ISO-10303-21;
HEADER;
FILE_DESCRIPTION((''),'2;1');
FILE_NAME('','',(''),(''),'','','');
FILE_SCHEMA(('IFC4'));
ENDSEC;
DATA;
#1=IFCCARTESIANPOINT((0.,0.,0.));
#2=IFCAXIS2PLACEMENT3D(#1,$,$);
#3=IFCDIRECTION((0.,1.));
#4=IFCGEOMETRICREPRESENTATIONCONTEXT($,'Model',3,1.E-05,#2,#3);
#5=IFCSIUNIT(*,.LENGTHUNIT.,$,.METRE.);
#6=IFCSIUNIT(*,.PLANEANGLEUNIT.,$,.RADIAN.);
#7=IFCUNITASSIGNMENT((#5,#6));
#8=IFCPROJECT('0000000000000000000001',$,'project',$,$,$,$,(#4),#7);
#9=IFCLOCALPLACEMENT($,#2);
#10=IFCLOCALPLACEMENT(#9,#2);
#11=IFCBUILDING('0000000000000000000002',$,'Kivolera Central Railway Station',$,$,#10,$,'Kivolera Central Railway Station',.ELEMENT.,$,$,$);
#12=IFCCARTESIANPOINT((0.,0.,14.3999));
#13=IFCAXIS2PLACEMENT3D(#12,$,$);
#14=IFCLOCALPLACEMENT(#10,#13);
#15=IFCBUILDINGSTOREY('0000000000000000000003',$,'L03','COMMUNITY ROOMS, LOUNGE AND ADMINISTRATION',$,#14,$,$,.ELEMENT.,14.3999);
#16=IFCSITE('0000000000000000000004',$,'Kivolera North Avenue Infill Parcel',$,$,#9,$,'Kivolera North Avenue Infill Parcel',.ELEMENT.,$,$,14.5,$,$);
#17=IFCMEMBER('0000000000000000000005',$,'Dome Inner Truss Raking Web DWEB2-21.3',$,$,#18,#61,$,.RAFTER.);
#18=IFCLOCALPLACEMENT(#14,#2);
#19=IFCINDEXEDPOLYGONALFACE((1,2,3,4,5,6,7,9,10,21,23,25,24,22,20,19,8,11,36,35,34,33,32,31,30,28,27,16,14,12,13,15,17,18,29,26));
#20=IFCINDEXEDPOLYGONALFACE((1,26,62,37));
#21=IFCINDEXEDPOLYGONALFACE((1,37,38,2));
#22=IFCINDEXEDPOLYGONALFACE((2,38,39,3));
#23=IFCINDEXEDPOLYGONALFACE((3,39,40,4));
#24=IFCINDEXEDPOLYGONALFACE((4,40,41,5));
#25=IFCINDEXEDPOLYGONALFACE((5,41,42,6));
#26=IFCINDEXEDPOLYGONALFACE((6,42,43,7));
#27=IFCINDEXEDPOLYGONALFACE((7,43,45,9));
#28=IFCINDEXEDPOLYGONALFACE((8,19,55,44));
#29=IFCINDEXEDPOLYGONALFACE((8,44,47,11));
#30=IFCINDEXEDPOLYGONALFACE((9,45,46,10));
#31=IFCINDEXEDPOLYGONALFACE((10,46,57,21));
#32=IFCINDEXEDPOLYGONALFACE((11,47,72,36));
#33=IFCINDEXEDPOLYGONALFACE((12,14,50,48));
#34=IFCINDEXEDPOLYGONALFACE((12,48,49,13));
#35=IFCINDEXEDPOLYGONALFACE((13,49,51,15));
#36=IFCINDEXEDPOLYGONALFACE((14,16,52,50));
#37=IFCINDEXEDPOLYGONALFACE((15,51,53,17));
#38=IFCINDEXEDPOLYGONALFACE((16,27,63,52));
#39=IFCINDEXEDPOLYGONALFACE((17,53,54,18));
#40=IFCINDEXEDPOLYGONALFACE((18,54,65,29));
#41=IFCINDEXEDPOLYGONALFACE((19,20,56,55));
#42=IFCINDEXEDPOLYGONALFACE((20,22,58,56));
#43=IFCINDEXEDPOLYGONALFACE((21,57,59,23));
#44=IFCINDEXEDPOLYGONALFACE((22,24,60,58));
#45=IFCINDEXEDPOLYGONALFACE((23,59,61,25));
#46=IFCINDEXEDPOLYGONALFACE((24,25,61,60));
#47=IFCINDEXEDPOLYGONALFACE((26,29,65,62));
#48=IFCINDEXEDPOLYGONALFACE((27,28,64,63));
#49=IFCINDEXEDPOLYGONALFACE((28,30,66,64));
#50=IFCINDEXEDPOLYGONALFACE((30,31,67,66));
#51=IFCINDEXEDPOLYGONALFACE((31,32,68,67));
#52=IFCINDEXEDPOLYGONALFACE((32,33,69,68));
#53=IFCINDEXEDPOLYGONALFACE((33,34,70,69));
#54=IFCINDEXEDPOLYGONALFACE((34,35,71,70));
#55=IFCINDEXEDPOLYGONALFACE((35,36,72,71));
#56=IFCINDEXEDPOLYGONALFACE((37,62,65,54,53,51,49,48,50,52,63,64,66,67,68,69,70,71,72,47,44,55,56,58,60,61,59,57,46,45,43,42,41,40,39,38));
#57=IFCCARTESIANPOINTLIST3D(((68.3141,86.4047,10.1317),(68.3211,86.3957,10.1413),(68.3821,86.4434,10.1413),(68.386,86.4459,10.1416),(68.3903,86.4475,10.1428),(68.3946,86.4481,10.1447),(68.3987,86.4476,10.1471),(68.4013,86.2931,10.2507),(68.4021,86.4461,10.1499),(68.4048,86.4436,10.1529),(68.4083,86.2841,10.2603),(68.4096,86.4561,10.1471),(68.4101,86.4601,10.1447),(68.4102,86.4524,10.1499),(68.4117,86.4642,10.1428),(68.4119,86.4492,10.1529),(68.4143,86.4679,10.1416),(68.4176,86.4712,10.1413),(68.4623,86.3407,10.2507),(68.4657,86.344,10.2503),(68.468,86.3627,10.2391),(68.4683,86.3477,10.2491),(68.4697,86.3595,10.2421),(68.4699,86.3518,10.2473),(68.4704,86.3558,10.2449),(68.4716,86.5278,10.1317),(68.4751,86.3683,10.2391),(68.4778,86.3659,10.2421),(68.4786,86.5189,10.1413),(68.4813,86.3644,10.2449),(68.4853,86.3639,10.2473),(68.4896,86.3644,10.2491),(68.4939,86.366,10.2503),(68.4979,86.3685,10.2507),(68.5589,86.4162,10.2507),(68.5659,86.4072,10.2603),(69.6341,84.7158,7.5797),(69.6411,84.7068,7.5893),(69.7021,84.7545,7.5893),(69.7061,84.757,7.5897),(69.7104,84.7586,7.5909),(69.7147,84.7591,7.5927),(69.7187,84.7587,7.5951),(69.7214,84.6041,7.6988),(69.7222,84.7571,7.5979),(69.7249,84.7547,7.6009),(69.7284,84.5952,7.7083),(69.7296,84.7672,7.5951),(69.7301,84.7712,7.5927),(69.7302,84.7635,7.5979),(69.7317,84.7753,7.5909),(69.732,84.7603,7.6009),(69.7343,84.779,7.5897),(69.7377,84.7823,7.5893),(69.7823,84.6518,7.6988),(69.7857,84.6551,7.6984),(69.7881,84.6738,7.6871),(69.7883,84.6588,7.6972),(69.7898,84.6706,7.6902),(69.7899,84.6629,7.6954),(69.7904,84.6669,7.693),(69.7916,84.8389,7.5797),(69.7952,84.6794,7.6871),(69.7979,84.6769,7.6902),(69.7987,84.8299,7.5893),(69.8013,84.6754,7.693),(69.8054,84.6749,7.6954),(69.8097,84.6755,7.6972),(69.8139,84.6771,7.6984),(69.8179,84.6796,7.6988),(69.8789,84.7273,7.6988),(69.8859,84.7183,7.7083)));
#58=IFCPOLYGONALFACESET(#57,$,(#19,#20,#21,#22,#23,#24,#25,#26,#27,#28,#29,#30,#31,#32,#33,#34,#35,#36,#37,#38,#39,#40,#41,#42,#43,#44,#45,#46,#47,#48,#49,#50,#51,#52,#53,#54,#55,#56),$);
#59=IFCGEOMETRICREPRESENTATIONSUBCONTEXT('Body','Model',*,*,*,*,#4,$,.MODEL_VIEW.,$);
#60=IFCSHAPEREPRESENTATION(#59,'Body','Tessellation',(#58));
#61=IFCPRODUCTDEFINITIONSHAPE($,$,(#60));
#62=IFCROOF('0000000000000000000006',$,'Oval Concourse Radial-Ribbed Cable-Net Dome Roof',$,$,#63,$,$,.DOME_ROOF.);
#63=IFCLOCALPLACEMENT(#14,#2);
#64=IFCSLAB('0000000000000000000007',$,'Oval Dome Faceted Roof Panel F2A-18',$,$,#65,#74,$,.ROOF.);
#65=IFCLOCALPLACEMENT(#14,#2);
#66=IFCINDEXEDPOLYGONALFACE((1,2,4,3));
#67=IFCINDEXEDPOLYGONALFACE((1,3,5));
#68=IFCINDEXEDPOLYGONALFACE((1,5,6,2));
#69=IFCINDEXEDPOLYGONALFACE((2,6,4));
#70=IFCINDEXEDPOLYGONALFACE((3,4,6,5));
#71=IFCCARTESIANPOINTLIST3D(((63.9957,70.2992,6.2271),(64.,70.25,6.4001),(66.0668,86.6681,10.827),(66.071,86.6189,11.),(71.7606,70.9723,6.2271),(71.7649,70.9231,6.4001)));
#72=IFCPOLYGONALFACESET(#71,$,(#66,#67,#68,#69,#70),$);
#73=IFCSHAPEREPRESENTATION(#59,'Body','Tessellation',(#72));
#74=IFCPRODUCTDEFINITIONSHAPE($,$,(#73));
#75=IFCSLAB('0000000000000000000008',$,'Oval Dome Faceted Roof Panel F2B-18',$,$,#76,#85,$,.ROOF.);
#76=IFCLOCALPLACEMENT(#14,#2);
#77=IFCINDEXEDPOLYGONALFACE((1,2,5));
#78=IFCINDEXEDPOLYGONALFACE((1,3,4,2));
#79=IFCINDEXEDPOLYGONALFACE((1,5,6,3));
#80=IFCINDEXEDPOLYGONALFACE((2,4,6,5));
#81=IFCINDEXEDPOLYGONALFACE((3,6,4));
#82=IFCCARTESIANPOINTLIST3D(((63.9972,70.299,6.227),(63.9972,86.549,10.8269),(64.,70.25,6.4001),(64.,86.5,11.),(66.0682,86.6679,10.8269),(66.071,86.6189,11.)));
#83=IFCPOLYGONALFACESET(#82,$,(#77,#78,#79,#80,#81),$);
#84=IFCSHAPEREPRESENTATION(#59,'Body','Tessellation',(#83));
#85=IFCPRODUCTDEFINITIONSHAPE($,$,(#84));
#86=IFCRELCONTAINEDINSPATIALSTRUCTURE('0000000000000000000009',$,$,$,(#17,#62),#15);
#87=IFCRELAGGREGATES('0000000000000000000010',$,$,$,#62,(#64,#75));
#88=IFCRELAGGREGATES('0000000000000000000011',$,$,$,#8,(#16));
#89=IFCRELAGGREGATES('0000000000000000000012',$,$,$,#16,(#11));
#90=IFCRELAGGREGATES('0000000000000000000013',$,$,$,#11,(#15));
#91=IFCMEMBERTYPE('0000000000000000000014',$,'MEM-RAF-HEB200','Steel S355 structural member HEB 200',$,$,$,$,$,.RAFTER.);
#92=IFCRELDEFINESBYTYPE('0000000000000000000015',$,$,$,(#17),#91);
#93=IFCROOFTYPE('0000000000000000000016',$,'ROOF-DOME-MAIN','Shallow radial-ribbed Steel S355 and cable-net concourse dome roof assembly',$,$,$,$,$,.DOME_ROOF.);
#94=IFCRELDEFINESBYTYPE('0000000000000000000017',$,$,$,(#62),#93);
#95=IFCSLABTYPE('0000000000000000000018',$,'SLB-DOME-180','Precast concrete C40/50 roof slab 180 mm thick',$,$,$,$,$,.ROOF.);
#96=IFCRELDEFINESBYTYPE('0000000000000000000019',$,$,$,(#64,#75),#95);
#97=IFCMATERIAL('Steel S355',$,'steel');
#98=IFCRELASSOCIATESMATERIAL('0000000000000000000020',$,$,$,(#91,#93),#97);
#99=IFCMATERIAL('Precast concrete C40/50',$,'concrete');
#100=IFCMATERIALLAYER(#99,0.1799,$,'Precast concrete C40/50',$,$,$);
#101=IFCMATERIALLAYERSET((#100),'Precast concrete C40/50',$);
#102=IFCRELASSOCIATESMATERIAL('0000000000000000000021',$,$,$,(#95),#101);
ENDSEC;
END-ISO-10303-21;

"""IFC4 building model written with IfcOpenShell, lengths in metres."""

from ifc_helpers import new_model, si_unit, direction, frame, origin, origin_2d, place, context, subcontext, project, spatial, polyline, i_section, outline, extrude, material, layer, layer_set, material_profile, profile_set, type_object, element, aggregate, save


model = new_model("IFC4")

# Units and contexts
model_context = context("Model", 3, precision=1e-05, world=origin(), true_north=direction((0.0, 1.0)))
body_context = subcontext(model_context, "Body", "Model", "MODEL_VIEW")
ifc_project = project(units=[si_unit("LENGTHUNIT", "METRE"), si_unit("PLANEANGLEUNIT", "RADIAN")], contexts=[model_context])

# Site, building, storey
site_placement = place(None, origin())
site = spatial("IfcSite", under=ifc_project, at=site_placement, Name="Kivolera North Avenue Infill Parcel", LongName="Kivolera North Avenue Infill Parcel", CompositionType="ELEMENT", RefElevation=14.5)
building_placement = place(site_placement, origin())
building = spatial("IfcBuilding", under=site, at=building_placement, Name="Kivolera Central Railway Station", LongName="Kivolera Central Railway Station", CompositionType="ELEMENT")
storey_placement = place(building_placement, frame((0.0, 0.0, 14.3999)))
storey = spatial("IfcBuildingStorey", under=building, at=storey_placement, Name="L03", Description="COMMUNITY ROOMS, LOUNGE AND ADMINISTRATION", CompositionType="ELEMENT", Elevation=14.3999)

# Shared definitions
ifc_material_1 = material(Name="Steel S355", Category="steel")

# Member
ifc_material_profile_1 = material_profile(ifc_material_1, i_section(OverallWidth=0.2, OverallDepth=0.2, WebThickness=0.009, FlangeThickness=0.0149, FilletRadius=0.0181, at=origin_2d()), Name="HEB 200")
ifc_profile_set_1 = profile_set([ifc_material_profile_1], Name="Steel S355")
member_type_1 = type_object("IfcMemberType", Name="MEM-RAF-HEB200", Description="Steel S355 structural member HEB 200", PredefinedType="RAFTER", material=ifc_profile_set_1)
member_1_placement = place(storey_placement, frame((69.76, 84.717, 7.644), z_axis=(-0.396078, 0.506763, 0.765711), x_axis=(-0.787897, -0.615808, 0.0)))
element("IfcMember", 1, at=member_1_placement, inside=storey, type_object=member_type_1, Name="Dome Inner Truss Raking Web DWEB2-21.3", PredefinedType="RAFTER", context=body_context, shape_type="SweptSolid", body=[
    extrude(i_section(OverallWidth=0.2, OverallDepth=0.2, WebThickness=0.009, FlangeThickness=0.0149, FilletRadius=0.0181, at=origin_2d()), origin(), (0.0, 0.0, 1.0), 3.3328),
])

# Roof, slabs
roof_type = type_object("IfcRoofType", Name="ROOF-DOME-MAIN", Description="Shallow radial-ribbed Steel S355 and cable-net concourse dome roof assembly", PredefinedType="DOME_ROOF", material=ifc_material_1)
roof_placement = place(storey_placement, origin())
roof = element("IfcRoof", 2, at=roof_placement, inside=storey, type_object=roof_type, Name="Oval Concourse Radial-Ribbed Cable-Net Dome Roof", PredefinedType="DOME_ROOF")
ifc_material_2 = material(Name="Precast concrete C40/50", Category="concrete")
ifc_layer = layer(ifc_material_2, 0.1799, Name="Precast concrete C40/50")
ifc_layer_set = layer_set([ifc_layer], Name="Precast concrete C40/50")
slab_type = type_object("IfcSlabType", Name="SLB-DOME-180", Description="Precast concrete C40/50 roof slab 180 mm thick", PredefinedType="ROOF", material=ifc_layer_set)
slab_1_placement = place(storey_placement, frame((64.0, 70.25, 6.4001), z_axis=(0.023685, -0.273233, 0.961656), x_axis=(0.996264, 0.086361, 0.0)))
slab_1 = element("IfcSlab", 3, at=slab_1_placement, type_object=slab_type, Name="Oval Dome Faceted Roof Panel F2A-18", PredefinedType="ROOF", context=body_context, shape_type="SweptSolid", body=[
    extrude(outline(polyline([(0.0, 0.0), (7.794, 0.0), (3.4769, 16.772), (0.0, 0.0)])), origin(), (0.0, 0.0, -1.0), 0.1799),
])
slab_2_placement = place(storey_placement, frame((64.0, 70.25, 6.4001), z_axis=(0.015634, -0.272333, 0.962076), x_axis=(0.120912, 0.955648, 0.268548)))
slab_2 = element("IfcSlab", 4, at=slab_2_placement, type_object=slab_type, Name="Oval Dome Faceted Roof Panel F2B-18", PredefinedType="ROOF", context=body_context, shape_type="SweptSolid", body=[
    extrude(outline(polyline([(0.0, 0.0), (17.1286, 0.0), (16.7646, 2.0423), (0.0, 0.0)])), origin(), (0.0, 0.0, -1.0), 0.1799),
])
aggregate(roof, [slab_1, slab_2])

save(model, "model.ifc")
